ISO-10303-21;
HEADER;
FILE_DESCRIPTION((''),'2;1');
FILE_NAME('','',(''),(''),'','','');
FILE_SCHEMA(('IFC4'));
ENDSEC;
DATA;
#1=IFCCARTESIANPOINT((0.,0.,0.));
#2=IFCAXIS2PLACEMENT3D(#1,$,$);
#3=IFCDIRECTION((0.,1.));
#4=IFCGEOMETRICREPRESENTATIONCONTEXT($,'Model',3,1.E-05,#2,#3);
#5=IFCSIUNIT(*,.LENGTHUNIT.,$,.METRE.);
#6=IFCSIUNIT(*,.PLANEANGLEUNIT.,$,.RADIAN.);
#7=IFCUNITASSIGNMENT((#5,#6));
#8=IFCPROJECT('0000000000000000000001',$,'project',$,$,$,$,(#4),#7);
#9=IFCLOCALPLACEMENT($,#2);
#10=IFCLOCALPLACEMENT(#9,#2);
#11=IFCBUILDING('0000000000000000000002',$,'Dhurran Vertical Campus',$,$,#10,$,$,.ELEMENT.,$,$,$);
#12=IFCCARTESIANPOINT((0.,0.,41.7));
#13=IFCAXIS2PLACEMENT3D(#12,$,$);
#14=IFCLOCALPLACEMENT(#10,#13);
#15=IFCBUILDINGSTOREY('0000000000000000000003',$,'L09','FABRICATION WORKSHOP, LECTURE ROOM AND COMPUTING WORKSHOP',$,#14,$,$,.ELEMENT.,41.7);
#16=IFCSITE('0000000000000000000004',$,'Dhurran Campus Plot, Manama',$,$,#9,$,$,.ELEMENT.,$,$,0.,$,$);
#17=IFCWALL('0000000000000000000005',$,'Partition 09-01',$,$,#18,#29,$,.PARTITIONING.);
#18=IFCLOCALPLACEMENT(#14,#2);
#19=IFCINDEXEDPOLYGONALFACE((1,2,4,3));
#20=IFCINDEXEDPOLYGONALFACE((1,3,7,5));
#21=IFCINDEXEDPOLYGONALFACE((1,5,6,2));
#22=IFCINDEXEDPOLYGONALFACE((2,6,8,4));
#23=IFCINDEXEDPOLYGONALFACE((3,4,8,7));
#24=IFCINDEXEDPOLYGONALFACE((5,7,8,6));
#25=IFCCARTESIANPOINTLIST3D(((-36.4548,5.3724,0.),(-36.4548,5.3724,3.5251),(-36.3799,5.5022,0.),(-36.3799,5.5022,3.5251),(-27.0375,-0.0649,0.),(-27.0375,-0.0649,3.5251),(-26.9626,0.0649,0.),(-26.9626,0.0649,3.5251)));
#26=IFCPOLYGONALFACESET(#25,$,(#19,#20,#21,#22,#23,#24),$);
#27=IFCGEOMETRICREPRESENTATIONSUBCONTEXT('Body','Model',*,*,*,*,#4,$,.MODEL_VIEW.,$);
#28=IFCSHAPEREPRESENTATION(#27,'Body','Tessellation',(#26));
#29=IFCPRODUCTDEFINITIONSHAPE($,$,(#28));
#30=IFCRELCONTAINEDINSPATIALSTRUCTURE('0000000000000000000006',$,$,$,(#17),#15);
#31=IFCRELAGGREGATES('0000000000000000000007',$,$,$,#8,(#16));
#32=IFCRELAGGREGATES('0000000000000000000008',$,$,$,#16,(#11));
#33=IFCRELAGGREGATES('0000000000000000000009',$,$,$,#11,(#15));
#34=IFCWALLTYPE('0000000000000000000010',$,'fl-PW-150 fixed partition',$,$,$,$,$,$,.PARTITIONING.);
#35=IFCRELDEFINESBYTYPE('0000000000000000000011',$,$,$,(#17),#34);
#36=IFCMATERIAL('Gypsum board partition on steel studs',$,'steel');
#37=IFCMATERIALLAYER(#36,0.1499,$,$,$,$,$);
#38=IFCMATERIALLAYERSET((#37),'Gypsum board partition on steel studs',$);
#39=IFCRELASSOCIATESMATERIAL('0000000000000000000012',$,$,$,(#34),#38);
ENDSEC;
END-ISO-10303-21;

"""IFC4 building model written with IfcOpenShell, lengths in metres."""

from ifc_helpers import new_model, si_unit, direction, frame, frame_2d, origin, place, context, subcontext, project, spatial, rectangle, extrude, material, layer, layer_set, type_object, element, save


model = new_model("IFC4")

# Units and contexts
model_context = context("Model", 3, precision=1e-05, world=origin(), true_north=direction((0.0, 1.0)))
body_context = subcontext(model_context, "Body", "Model", "MODEL_VIEW")
ifc_project = project(units=[si_unit("LENGTHUNIT", "METRE"), si_unit("PLANEANGLEUNIT", "RADIAN")], contexts=[model_context])

# Site, building, storey
site_placement = place(None, origin())
site = spatial("IfcSite", under=ifc_project, at=site_placement, Name="Dhurran Campus Plot, Manama", CompositionType="ELEMENT", RefElevation=0.0)
building_placement = place(site_placement, origin())
building = spatial("IfcBuilding", under=site, at=building_placement, Name="Dhurran Vertical Campus", CompositionType="ELEMENT")
storey_placement = place(building_placement, frame((0.0, 0.0, 41.7)))
storey = spatial("IfcBuildingStorey", under=building, at=storey_placement, Name="L09", Description="FABRICATION WORKSHOP, LECTURE ROOM AND COMPUTING WORKSHOP", CompositionType="ELEMENT", Elevation=41.7)

# Wall
ifc_material_1 = material(Name="Gypsum board partition on steel studs", Category="steel")
ifc_layer_1 = layer(ifc_material_1, 0.1499)
ifc_layer_set_1 = layer_set([ifc_layer_1], Name="Gypsum board partition on steel studs")
wall_type_1 = type_object("IfcWallType", Name="fl-PW-150 fixed partition", PredefinedType="PARTITIONING", material=ifc_layer_set_1)
wall_1_placement = place(storey_placement, frame((-36.4172, 5.4373, 0.0), z_axis=(0.0, 0.0, 1.0), x_axis=(0.866017, -0.500015, 0.0)))
element("IfcWall", 1, at=wall_1_placement, inside=storey, type_object=wall_type_1, Name="Partition 09-01", PredefinedType="PARTITIONING", context=body_context, shape_type="SweptSolid", body=[
    extrude(rectangle(XDim=10.8743, YDim=0.1499, at=frame_2d((5.437, 0.0))), origin(), (0.0, 0.0, 1.0), 3.5251),
])

save(model, "model.ifc")
